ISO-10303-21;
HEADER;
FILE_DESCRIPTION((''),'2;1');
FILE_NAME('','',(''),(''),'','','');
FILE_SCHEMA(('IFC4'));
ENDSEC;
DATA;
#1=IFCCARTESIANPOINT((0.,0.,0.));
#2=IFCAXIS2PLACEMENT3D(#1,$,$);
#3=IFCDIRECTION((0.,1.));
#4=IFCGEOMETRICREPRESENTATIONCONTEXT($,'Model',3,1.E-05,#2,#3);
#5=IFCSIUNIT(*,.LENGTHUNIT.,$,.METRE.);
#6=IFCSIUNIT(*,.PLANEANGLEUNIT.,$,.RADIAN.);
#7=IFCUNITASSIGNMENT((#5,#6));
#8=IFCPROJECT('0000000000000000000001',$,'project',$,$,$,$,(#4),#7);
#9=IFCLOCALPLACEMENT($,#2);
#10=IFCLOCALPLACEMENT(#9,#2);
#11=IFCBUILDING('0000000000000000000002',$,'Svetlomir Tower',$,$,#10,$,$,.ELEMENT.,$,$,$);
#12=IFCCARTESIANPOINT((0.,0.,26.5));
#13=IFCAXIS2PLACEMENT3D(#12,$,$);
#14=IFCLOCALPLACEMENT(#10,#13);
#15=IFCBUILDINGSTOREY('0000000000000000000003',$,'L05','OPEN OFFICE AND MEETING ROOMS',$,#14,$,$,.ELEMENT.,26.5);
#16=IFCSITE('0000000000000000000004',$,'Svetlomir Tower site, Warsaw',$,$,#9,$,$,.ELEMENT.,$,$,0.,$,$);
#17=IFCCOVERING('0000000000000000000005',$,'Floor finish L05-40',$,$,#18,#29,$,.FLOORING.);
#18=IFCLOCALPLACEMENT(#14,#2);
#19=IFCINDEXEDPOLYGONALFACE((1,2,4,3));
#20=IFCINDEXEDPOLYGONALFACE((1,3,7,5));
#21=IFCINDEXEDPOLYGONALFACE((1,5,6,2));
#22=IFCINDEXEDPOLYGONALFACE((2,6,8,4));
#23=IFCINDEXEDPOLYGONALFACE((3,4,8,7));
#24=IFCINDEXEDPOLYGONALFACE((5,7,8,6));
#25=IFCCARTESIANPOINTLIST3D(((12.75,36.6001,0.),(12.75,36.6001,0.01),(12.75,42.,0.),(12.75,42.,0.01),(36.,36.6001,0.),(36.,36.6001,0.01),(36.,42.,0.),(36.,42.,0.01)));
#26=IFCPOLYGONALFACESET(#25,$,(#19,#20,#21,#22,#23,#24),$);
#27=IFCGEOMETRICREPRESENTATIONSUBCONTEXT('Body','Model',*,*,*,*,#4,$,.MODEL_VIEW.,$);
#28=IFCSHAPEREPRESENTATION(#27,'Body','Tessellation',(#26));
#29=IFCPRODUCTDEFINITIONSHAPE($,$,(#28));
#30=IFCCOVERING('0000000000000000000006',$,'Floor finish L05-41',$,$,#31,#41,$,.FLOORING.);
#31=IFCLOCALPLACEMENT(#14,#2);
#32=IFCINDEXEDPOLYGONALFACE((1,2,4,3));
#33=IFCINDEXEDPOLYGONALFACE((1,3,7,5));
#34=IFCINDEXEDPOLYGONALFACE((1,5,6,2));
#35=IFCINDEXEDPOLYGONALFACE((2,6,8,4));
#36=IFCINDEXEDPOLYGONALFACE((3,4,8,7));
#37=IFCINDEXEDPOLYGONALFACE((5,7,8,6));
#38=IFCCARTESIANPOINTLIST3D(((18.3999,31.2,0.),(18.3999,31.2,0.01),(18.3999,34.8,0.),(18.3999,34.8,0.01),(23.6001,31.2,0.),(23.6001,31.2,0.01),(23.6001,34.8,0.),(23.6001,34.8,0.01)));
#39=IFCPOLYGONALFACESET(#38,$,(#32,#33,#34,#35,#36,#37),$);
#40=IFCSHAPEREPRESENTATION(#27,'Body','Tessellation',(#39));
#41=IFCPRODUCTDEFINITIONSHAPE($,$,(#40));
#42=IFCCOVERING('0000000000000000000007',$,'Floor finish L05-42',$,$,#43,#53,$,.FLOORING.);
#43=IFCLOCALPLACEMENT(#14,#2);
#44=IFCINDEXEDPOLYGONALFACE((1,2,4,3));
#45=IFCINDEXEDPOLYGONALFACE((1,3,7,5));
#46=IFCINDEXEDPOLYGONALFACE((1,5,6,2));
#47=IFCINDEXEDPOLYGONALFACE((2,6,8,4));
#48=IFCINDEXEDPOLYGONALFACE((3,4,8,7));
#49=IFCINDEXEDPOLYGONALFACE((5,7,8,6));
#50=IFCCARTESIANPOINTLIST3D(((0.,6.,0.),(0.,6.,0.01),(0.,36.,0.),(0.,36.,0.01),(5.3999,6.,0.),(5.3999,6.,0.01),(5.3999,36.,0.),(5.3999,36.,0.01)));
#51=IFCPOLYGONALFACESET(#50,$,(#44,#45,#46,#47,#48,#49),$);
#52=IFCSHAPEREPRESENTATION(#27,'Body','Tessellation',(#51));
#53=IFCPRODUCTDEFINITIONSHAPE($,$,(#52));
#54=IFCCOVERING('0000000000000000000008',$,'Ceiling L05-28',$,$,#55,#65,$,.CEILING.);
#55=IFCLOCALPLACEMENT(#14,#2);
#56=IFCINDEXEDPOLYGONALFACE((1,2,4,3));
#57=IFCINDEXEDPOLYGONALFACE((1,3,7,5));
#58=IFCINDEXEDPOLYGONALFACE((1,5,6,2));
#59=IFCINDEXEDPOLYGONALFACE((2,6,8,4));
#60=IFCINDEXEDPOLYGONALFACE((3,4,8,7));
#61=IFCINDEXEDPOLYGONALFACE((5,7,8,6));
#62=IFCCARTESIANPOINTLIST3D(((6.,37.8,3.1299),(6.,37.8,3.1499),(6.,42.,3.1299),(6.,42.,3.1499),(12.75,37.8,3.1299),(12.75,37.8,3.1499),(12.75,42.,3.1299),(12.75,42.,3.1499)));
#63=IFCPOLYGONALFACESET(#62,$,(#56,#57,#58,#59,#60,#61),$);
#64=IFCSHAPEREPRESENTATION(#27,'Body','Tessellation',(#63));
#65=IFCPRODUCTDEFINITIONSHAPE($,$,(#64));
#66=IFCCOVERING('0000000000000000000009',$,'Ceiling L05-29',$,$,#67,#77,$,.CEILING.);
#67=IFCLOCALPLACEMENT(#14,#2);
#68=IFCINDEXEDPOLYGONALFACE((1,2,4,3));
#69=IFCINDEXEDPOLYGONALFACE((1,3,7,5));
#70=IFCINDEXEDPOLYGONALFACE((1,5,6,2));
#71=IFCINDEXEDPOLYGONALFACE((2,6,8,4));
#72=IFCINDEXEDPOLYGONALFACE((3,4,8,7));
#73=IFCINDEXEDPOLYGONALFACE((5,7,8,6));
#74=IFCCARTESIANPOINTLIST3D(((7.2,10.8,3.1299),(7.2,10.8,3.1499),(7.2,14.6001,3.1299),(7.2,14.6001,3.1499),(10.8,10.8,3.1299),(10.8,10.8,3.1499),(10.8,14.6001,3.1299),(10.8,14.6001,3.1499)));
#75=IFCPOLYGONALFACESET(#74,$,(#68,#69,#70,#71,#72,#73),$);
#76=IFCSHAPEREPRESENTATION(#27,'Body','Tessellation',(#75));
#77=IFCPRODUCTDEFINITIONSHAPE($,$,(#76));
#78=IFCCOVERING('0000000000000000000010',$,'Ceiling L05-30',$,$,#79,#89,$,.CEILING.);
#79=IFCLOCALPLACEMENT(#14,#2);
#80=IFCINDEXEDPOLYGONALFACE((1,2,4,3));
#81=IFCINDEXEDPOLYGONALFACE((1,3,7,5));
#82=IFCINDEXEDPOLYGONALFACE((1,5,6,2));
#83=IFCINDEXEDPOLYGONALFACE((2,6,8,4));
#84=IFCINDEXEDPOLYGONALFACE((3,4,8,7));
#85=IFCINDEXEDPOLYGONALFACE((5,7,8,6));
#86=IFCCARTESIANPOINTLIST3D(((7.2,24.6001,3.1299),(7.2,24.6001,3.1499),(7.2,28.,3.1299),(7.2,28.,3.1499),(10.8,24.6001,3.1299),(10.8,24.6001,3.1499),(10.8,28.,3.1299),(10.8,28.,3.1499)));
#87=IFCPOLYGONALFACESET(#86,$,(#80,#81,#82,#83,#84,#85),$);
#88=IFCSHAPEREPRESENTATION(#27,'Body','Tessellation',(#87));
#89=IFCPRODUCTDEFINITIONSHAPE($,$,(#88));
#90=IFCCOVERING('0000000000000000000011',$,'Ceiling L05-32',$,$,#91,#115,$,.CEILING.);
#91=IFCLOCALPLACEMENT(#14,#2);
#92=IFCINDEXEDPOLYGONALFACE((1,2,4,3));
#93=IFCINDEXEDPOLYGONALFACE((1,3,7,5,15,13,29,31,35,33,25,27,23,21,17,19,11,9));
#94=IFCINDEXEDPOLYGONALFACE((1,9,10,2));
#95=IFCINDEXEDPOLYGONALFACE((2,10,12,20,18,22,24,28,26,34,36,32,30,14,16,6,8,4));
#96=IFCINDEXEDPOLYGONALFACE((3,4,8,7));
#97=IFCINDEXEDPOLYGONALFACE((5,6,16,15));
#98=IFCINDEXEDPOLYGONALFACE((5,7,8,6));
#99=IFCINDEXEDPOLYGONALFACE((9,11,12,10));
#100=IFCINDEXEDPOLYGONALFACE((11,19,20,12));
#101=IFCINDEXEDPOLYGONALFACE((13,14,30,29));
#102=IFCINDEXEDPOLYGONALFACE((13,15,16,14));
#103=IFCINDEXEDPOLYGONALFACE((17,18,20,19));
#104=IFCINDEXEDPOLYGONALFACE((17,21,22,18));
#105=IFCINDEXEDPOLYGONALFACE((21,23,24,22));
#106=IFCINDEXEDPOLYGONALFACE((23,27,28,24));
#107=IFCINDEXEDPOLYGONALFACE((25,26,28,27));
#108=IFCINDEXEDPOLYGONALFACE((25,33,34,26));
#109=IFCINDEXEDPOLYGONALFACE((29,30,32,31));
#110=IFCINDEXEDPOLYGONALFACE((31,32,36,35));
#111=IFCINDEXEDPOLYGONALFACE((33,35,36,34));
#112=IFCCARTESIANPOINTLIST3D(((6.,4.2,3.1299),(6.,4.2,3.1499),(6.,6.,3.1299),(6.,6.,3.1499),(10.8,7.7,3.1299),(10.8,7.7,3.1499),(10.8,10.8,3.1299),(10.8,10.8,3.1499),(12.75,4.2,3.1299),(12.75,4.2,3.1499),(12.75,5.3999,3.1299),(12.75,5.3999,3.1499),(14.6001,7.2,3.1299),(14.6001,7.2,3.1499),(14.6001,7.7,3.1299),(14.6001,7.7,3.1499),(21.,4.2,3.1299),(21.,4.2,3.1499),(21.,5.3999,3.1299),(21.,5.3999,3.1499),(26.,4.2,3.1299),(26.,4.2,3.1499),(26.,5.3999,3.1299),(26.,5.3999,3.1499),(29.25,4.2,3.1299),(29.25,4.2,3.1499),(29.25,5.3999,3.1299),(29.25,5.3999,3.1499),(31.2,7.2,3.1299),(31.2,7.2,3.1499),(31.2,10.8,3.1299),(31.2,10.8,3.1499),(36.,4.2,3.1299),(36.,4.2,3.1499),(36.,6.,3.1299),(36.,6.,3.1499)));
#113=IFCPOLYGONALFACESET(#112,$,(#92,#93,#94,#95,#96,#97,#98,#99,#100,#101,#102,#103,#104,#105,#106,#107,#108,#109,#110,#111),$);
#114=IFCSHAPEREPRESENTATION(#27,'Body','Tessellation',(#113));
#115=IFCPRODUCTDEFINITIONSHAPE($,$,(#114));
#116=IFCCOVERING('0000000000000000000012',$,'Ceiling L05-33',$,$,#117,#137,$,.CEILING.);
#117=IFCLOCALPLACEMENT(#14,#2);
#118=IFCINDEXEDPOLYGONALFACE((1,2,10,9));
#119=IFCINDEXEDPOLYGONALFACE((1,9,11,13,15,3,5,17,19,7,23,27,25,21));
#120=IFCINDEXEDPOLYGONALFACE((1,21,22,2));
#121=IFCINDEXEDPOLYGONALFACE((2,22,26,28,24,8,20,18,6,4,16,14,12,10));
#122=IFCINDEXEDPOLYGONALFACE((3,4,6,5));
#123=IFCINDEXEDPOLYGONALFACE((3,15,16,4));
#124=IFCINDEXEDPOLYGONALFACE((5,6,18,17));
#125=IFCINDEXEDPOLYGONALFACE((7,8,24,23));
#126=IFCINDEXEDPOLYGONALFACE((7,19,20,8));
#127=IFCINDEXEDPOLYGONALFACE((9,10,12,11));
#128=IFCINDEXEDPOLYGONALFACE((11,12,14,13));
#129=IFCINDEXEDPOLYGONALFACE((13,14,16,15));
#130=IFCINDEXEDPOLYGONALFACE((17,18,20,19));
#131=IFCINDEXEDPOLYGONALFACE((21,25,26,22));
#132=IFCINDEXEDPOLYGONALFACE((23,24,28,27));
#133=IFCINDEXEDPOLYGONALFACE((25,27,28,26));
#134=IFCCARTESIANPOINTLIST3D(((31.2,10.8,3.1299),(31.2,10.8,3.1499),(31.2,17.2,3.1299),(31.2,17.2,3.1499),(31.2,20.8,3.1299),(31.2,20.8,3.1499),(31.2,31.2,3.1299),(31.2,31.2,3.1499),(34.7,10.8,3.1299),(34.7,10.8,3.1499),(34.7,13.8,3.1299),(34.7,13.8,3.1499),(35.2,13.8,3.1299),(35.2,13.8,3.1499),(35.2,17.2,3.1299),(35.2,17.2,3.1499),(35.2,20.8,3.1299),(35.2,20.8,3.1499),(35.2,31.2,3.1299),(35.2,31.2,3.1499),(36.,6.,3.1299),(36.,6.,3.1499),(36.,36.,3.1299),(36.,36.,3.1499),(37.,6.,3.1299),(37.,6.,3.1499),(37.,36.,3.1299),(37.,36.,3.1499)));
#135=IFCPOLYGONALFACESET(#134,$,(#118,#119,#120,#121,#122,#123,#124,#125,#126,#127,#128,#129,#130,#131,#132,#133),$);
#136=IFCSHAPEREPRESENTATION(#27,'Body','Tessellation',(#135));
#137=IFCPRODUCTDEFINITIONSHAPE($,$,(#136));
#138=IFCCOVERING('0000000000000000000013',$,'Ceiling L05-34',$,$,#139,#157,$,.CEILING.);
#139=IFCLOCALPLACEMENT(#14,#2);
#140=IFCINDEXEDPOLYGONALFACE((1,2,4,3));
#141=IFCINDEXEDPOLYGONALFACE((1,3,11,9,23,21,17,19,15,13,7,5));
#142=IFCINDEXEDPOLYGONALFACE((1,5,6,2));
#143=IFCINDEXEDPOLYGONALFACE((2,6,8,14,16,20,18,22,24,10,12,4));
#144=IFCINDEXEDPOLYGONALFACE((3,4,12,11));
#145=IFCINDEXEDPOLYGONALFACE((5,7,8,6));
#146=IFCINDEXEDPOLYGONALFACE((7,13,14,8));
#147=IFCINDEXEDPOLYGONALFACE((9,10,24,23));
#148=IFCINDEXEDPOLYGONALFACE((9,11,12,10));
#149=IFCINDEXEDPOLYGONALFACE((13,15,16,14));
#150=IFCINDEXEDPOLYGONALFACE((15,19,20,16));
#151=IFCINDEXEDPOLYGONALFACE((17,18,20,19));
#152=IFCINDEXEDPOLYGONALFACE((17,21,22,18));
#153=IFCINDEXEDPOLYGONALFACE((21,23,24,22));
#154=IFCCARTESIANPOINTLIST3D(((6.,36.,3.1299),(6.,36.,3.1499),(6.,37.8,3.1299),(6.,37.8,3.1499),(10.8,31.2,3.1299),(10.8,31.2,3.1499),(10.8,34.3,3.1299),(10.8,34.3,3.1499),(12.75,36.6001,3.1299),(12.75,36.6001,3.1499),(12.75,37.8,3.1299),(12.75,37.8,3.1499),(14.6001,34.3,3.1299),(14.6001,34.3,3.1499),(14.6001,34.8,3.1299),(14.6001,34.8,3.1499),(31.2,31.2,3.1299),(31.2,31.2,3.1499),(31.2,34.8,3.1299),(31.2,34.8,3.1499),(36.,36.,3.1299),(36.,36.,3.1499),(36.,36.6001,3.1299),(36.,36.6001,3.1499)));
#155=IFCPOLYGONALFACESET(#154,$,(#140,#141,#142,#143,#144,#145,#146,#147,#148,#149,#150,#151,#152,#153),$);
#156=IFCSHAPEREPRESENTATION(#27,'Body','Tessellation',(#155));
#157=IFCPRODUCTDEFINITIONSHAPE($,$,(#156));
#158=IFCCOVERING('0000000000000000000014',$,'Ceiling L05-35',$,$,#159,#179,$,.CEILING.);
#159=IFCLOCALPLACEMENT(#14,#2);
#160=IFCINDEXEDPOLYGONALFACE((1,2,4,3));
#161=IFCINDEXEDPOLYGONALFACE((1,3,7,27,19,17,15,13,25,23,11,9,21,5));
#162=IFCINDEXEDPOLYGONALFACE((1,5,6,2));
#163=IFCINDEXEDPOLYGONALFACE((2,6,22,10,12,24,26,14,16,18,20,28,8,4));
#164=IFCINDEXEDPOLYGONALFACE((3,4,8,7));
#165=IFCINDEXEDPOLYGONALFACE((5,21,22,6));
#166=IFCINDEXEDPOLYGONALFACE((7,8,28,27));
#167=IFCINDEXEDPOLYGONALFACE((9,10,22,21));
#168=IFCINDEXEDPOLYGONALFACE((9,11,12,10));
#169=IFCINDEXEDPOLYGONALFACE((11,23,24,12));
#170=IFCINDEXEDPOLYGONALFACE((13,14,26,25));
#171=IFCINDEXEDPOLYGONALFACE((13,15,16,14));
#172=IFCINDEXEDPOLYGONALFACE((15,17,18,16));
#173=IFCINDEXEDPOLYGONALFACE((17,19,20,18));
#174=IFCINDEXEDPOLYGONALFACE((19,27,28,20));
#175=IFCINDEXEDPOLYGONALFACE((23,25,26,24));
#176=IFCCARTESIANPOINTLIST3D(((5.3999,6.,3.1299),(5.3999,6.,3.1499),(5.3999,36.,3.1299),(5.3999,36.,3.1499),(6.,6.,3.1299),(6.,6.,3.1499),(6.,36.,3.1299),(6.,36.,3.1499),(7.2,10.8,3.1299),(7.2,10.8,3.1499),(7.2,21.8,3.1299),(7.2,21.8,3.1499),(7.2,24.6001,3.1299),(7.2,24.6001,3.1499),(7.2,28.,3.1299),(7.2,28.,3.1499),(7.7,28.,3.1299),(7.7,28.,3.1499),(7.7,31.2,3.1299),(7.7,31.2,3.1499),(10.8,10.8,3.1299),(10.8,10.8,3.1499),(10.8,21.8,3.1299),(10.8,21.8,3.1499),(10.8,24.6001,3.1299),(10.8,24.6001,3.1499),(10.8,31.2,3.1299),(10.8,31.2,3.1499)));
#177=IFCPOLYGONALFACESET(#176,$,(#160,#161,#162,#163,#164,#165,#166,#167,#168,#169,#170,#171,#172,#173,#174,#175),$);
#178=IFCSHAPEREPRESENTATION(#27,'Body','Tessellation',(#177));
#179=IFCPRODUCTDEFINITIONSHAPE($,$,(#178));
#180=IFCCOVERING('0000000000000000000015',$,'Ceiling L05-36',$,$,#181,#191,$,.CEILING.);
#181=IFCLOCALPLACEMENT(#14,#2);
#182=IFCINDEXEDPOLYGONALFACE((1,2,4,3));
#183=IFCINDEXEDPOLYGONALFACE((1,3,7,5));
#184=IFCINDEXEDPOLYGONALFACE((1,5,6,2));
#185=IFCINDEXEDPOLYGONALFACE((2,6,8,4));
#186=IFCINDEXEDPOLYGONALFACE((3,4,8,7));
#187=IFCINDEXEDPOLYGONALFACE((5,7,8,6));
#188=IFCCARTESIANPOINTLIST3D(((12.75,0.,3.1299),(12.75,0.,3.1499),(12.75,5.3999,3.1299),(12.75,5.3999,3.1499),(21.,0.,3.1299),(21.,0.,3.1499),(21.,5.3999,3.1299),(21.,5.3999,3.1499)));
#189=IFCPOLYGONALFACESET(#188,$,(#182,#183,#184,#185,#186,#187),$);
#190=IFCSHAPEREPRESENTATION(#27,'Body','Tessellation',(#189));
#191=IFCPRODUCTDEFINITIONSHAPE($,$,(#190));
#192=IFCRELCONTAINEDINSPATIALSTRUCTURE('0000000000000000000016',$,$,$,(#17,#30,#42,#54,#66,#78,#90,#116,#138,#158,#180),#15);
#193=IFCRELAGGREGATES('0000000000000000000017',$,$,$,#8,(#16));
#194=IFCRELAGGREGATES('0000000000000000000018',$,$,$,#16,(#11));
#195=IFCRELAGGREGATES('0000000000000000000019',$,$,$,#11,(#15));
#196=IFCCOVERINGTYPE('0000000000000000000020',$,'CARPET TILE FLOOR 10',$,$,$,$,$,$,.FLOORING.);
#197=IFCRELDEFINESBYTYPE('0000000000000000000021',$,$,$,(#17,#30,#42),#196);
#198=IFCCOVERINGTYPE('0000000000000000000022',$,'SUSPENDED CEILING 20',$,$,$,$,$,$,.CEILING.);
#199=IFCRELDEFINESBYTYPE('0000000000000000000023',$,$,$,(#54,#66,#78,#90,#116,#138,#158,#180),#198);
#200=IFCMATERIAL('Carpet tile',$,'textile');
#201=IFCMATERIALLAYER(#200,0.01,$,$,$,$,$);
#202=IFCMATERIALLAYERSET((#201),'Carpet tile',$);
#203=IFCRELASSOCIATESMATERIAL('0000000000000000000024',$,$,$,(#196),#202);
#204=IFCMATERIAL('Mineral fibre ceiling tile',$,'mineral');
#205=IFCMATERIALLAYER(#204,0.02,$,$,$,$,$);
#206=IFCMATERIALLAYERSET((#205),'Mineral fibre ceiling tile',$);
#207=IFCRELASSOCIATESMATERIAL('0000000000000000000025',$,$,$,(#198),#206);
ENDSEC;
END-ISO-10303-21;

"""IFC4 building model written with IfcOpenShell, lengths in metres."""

from ifc_helpers import new_model, si_unit, direction, frame, origin, place, context, subcontext, project, spatial, polyline, outline, extrude, material, layer, layer_set, type_object, element, save


model = new_model("IFC4")

# Units and contexts
model_context = context("Model", 3, precision=1e-05, world=origin(), true_north=direction((0.0, 1.0)))
body_context = subcontext(model_context, "Body", "Model", "MODEL_VIEW")
ifc_project = project(units=[si_unit("LENGTHUNIT", "METRE"), si_unit("PLANEANGLEUNIT", "RADIAN")], contexts=[model_context])

# Site, building, storey
site_placement = place(None, origin())
site = spatial("IfcSite", under=ifc_project, at=site_placement, Name="Svetlomir Tower site, Warsaw", CompositionType="ELEMENT", RefElevation=0.0)
building_placement = place(site_placement, origin())
building = spatial("IfcBuilding", under=site, at=building_placement, Name="Svetlomir Tower", CompositionType="ELEMENT")
storey_placement = place(building_placement, frame((0.0, 0.0, 26.5)))
storey = spatial("IfcBuildingStorey", under=building, at=storey_placement, Name="L05", Description="OPEN OFFICE AND MEETING ROOMS", CompositionType="ELEMENT", Elevation=26.5)

# Coverings
ifc_material_1 = material(Name="Carpet tile", Category="textile")
ifc_layer_1 = layer(ifc_material_1, 0.01)
ifc_layer_set_1 = layer_set([ifc_layer_1], Name="Carpet tile")
covering_type_1 = type_object("IfcCoveringType", Name="CARPET TILE FLOOR 10", PredefinedType="FLOORING", material=ifc_layer_set_1)
covering_1_placement = place(storey_placement, origin())
element("IfcCovering", 1, at=covering_1_placement, inside=storey, type_object=covering_type_1, Name="Floor finish L05-40", PredefinedType="FLOORING", context=body_context, shape_type="SweptSolid", body=[
    extrude(outline(polyline([(36.0, 42.0), (36.0, 36.6001), (12.75, 36.6001), (12.75, 42.0), (36.0, 42.0)])), origin(), (0.0, 0.0, 1.0), 0.01),
])
covering_2_placement = place(storey_placement, origin())
element("IfcCovering", 2, at=covering_2_placement, inside=storey, type_object=covering_type_1, Name="Floor finish L05-41", PredefinedType="FLOORING", context=body_context, shape_type="SweptSolid", body=[
    extrude(outline(polyline([(18.3999, 31.2), (18.3999, 34.8), (23.6001, 34.8), (23.6001, 31.2), (18.3999, 31.2)])), origin(), (0.0, 0.0, 1.0), 0.01),
])
covering_3_placement = place(storey_placement, origin())
element("IfcCovering", 3, at=covering_3_placement, inside=storey, type_object=covering_type_1, Name="Floor finish L05-42", PredefinedType="FLOORING", context=body_context, shape_type="SweptSolid", body=[
    extrude(outline(polyline([(0.0, 36.0), (5.3999, 36.0), (5.3999, 6.0), (0.0, 6.0), (0.0, 36.0)])), origin(), (0.0, 0.0, 1.0), 0.01),
])
ifc_material_2 = material(Name="Mineral fibre ceiling tile", Category="mineral")
ifc_layer_2 = layer(ifc_material_2, 0.02)
ifc_layer_set_2 = layer_set([ifc_layer_2], Name="Mineral fibre ceiling tile")
covering_type_2 = type_object("IfcCoveringType", Name="SUSPENDED CEILING 20", PredefinedType="CEILING", material=ifc_layer_set_2)
covering_4_placement = place(storey_placement, frame((0.0, 0.0, 3.1299)))
element("IfcCovering", 4, at=covering_4_placement, inside=storey, type_object=covering_type_2, Name="Ceiling L05-28", PredefinedType="CEILING", context=body_context, shape_type="SweptSolid", body=[
    extrude(outline(polyline([(6.0, 37.8), (12.75, 37.8), (12.75, 42.0), (6.0, 42.0), (6.0, 37.8)])), origin(), (0.0, 0.0, 1.0), 0.02),
])
covering_5_placement = place(storey_placement, frame((0.0, 0.0, 3.1299)))
element("IfcCovering", 5, at=covering_5_placement, inside=storey, type_object=covering_type_2, Name="Ceiling L05-29", PredefinedType="CEILING", context=body_context, shape_type="SweptSolid", body=[
    extrude(outline(polyline([(7.2, 10.8), (10.8, 10.8), (10.8, 14.6001), (7.2, 14.6001), (7.2, 10.8)])), origin(), (0.0, 0.0, 1.0), 0.02),
])
covering_6_placement = place(storey_placement, frame((0.0, 0.0, 3.1299)))
element("IfcCovering", 6, at=covering_6_placement, inside=storey, type_object=covering_type_2, Name="Ceiling L05-30", PredefinedType="CEILING", context=body_context, shape_type="SweptSolid", body=[
    extrude(outline(polyline([(7.2, 24.6001), (10.8, 24.6001), (10.8, 28.0), (7.2, 28.0), (7.2, 24.6001)])), origin(), (0.0, 0.0, 1.0), 0.02),
])
covering_7_placement = place(storey_placement, frame((0.0, 0.0, 3.1299)))
element("IfcCovering", 7, at=covering_7_placement, inside=storey, type_object=covering_type_2, Name="Ceiling L05-32", PredefinedType="CEILING", context=body_context, shape_type="SweptSolid", body=[
    extrude(outline(polyline([(6.0, 4.2), (6.0, 6.0), (10.8, 10.8), (10.8, 7.7), (14.6001, 7.7), (14.6001, 7.2), (31.2, 7.2), (31.2, 10.8), (36.0, 6.0), (36.0, 4.2), (29.25, 4.2), (29.25, 5.3999), (26.0, 5.3999), (26.0, 4.2), (21.0, 4.2), (21.0, 5.3999), (12.75, 5.3999), (12.75, 4.2), (6.0, 4.2)])), origin(), (0.0, 0.0, 1.0), 0.02),
])
covering_8_placement = place(storey_placement, frame((0.0, 0.0, 3.1299)))
element("IfcCovering", 8, at=covering_8_placement, inside=storey, type_object=covering_type_2, Name="Ceiling L05-33", PredefinedType="CEILING", context=body_context, shape_type="SweptSolid", body=[
    extrude(outline(polyline([(31.2, 31.2), (36.0, 36.0), (37.0, 36.0), (37.0, 6.0), (36.0, 6.0), (31.2, 10.8), (34.7, 10.8), (34.7, 13.8), (35.2, 13.8), (35.2, 17.2), (31.2, 17.2), (31.2, 20.8), (35.2, 20.8), (35.2, 31.2), (31.2, 31.2)])), origin(), (0.0, 0.0, 1.0), 0.02),
])
covering_9_placement = place(storey_placement, frame((0.0, 0.0, 3.1299)))
element("IfcCovering", 9, at=covering_9_placement, inside=storey, type_object=covering_type_2, Name="Ceiling L05-34", PredefinedType="CEILING", context=body_context, shape_type="SweptSolid", body=[
    extrude(outline(polyline([(6.0, 37.8), (12.75, 37.8), (12.75, 36.6001), (36.0, 36.6001), (36.0, 36.0), (31.2, 31.2), (31.2, 34.8), (14.6001, 34.8), (14.6001, 34.3), (10.8, 34.3), (10.8, 31.2), (6.0, 36.0), (6.0, 37.8)])), origin(), (0.0, 0.0, 1.0), 0.02),
])
covering_10_placement = place(storey_placement, frame((0.0, 0.0, 3.1299)))
element("IfcCovering", 10, at=covering_10_placement, inside=storey, type_object=covering_type_2, Name="Ceiling L05-35", PredefinedType="CEILING", context=body_context, shape_type="SweptSolid", body=[
    extrude(outline(polyline([(5.3999, 6.0), (5.3999, 36.0), (6.0, 36.0), (10.8, 31.2), (7.7, 31.2), (7.7, 28.0), (7.2, 28.0), (7.2, 24.6001), (10.8, 24.6001), (10.8, 21.8), (7.2, 21.8), (7.2, 10.8), (10.8, 10.8), (6.0, 6.0), (5.3999, 6.0)])), origin(), (0.0, 0.0, 1.0), 0.02),
])
covering_11_placement = place(storey_placement, frame((0.0, 0.0, 3.1299)))
element("IfcCovering", 11, at=covering_11_placement, inside=storey, type_object=covering_type_2, Name="Ceiling L05-36", PredefinedType="CEILING", context=body_context, shape_type="SweptSolid", body=[
    extrude(outline(polyline([(12.75, 5.3999), (21.0, 5.3999), (21.0, 0.0), (12.75, 0.0), (12.75, 5.3999)])), origin(), (0.0, 0.0, 1.0), 0.02),
])

save(model, "model.ifc")
